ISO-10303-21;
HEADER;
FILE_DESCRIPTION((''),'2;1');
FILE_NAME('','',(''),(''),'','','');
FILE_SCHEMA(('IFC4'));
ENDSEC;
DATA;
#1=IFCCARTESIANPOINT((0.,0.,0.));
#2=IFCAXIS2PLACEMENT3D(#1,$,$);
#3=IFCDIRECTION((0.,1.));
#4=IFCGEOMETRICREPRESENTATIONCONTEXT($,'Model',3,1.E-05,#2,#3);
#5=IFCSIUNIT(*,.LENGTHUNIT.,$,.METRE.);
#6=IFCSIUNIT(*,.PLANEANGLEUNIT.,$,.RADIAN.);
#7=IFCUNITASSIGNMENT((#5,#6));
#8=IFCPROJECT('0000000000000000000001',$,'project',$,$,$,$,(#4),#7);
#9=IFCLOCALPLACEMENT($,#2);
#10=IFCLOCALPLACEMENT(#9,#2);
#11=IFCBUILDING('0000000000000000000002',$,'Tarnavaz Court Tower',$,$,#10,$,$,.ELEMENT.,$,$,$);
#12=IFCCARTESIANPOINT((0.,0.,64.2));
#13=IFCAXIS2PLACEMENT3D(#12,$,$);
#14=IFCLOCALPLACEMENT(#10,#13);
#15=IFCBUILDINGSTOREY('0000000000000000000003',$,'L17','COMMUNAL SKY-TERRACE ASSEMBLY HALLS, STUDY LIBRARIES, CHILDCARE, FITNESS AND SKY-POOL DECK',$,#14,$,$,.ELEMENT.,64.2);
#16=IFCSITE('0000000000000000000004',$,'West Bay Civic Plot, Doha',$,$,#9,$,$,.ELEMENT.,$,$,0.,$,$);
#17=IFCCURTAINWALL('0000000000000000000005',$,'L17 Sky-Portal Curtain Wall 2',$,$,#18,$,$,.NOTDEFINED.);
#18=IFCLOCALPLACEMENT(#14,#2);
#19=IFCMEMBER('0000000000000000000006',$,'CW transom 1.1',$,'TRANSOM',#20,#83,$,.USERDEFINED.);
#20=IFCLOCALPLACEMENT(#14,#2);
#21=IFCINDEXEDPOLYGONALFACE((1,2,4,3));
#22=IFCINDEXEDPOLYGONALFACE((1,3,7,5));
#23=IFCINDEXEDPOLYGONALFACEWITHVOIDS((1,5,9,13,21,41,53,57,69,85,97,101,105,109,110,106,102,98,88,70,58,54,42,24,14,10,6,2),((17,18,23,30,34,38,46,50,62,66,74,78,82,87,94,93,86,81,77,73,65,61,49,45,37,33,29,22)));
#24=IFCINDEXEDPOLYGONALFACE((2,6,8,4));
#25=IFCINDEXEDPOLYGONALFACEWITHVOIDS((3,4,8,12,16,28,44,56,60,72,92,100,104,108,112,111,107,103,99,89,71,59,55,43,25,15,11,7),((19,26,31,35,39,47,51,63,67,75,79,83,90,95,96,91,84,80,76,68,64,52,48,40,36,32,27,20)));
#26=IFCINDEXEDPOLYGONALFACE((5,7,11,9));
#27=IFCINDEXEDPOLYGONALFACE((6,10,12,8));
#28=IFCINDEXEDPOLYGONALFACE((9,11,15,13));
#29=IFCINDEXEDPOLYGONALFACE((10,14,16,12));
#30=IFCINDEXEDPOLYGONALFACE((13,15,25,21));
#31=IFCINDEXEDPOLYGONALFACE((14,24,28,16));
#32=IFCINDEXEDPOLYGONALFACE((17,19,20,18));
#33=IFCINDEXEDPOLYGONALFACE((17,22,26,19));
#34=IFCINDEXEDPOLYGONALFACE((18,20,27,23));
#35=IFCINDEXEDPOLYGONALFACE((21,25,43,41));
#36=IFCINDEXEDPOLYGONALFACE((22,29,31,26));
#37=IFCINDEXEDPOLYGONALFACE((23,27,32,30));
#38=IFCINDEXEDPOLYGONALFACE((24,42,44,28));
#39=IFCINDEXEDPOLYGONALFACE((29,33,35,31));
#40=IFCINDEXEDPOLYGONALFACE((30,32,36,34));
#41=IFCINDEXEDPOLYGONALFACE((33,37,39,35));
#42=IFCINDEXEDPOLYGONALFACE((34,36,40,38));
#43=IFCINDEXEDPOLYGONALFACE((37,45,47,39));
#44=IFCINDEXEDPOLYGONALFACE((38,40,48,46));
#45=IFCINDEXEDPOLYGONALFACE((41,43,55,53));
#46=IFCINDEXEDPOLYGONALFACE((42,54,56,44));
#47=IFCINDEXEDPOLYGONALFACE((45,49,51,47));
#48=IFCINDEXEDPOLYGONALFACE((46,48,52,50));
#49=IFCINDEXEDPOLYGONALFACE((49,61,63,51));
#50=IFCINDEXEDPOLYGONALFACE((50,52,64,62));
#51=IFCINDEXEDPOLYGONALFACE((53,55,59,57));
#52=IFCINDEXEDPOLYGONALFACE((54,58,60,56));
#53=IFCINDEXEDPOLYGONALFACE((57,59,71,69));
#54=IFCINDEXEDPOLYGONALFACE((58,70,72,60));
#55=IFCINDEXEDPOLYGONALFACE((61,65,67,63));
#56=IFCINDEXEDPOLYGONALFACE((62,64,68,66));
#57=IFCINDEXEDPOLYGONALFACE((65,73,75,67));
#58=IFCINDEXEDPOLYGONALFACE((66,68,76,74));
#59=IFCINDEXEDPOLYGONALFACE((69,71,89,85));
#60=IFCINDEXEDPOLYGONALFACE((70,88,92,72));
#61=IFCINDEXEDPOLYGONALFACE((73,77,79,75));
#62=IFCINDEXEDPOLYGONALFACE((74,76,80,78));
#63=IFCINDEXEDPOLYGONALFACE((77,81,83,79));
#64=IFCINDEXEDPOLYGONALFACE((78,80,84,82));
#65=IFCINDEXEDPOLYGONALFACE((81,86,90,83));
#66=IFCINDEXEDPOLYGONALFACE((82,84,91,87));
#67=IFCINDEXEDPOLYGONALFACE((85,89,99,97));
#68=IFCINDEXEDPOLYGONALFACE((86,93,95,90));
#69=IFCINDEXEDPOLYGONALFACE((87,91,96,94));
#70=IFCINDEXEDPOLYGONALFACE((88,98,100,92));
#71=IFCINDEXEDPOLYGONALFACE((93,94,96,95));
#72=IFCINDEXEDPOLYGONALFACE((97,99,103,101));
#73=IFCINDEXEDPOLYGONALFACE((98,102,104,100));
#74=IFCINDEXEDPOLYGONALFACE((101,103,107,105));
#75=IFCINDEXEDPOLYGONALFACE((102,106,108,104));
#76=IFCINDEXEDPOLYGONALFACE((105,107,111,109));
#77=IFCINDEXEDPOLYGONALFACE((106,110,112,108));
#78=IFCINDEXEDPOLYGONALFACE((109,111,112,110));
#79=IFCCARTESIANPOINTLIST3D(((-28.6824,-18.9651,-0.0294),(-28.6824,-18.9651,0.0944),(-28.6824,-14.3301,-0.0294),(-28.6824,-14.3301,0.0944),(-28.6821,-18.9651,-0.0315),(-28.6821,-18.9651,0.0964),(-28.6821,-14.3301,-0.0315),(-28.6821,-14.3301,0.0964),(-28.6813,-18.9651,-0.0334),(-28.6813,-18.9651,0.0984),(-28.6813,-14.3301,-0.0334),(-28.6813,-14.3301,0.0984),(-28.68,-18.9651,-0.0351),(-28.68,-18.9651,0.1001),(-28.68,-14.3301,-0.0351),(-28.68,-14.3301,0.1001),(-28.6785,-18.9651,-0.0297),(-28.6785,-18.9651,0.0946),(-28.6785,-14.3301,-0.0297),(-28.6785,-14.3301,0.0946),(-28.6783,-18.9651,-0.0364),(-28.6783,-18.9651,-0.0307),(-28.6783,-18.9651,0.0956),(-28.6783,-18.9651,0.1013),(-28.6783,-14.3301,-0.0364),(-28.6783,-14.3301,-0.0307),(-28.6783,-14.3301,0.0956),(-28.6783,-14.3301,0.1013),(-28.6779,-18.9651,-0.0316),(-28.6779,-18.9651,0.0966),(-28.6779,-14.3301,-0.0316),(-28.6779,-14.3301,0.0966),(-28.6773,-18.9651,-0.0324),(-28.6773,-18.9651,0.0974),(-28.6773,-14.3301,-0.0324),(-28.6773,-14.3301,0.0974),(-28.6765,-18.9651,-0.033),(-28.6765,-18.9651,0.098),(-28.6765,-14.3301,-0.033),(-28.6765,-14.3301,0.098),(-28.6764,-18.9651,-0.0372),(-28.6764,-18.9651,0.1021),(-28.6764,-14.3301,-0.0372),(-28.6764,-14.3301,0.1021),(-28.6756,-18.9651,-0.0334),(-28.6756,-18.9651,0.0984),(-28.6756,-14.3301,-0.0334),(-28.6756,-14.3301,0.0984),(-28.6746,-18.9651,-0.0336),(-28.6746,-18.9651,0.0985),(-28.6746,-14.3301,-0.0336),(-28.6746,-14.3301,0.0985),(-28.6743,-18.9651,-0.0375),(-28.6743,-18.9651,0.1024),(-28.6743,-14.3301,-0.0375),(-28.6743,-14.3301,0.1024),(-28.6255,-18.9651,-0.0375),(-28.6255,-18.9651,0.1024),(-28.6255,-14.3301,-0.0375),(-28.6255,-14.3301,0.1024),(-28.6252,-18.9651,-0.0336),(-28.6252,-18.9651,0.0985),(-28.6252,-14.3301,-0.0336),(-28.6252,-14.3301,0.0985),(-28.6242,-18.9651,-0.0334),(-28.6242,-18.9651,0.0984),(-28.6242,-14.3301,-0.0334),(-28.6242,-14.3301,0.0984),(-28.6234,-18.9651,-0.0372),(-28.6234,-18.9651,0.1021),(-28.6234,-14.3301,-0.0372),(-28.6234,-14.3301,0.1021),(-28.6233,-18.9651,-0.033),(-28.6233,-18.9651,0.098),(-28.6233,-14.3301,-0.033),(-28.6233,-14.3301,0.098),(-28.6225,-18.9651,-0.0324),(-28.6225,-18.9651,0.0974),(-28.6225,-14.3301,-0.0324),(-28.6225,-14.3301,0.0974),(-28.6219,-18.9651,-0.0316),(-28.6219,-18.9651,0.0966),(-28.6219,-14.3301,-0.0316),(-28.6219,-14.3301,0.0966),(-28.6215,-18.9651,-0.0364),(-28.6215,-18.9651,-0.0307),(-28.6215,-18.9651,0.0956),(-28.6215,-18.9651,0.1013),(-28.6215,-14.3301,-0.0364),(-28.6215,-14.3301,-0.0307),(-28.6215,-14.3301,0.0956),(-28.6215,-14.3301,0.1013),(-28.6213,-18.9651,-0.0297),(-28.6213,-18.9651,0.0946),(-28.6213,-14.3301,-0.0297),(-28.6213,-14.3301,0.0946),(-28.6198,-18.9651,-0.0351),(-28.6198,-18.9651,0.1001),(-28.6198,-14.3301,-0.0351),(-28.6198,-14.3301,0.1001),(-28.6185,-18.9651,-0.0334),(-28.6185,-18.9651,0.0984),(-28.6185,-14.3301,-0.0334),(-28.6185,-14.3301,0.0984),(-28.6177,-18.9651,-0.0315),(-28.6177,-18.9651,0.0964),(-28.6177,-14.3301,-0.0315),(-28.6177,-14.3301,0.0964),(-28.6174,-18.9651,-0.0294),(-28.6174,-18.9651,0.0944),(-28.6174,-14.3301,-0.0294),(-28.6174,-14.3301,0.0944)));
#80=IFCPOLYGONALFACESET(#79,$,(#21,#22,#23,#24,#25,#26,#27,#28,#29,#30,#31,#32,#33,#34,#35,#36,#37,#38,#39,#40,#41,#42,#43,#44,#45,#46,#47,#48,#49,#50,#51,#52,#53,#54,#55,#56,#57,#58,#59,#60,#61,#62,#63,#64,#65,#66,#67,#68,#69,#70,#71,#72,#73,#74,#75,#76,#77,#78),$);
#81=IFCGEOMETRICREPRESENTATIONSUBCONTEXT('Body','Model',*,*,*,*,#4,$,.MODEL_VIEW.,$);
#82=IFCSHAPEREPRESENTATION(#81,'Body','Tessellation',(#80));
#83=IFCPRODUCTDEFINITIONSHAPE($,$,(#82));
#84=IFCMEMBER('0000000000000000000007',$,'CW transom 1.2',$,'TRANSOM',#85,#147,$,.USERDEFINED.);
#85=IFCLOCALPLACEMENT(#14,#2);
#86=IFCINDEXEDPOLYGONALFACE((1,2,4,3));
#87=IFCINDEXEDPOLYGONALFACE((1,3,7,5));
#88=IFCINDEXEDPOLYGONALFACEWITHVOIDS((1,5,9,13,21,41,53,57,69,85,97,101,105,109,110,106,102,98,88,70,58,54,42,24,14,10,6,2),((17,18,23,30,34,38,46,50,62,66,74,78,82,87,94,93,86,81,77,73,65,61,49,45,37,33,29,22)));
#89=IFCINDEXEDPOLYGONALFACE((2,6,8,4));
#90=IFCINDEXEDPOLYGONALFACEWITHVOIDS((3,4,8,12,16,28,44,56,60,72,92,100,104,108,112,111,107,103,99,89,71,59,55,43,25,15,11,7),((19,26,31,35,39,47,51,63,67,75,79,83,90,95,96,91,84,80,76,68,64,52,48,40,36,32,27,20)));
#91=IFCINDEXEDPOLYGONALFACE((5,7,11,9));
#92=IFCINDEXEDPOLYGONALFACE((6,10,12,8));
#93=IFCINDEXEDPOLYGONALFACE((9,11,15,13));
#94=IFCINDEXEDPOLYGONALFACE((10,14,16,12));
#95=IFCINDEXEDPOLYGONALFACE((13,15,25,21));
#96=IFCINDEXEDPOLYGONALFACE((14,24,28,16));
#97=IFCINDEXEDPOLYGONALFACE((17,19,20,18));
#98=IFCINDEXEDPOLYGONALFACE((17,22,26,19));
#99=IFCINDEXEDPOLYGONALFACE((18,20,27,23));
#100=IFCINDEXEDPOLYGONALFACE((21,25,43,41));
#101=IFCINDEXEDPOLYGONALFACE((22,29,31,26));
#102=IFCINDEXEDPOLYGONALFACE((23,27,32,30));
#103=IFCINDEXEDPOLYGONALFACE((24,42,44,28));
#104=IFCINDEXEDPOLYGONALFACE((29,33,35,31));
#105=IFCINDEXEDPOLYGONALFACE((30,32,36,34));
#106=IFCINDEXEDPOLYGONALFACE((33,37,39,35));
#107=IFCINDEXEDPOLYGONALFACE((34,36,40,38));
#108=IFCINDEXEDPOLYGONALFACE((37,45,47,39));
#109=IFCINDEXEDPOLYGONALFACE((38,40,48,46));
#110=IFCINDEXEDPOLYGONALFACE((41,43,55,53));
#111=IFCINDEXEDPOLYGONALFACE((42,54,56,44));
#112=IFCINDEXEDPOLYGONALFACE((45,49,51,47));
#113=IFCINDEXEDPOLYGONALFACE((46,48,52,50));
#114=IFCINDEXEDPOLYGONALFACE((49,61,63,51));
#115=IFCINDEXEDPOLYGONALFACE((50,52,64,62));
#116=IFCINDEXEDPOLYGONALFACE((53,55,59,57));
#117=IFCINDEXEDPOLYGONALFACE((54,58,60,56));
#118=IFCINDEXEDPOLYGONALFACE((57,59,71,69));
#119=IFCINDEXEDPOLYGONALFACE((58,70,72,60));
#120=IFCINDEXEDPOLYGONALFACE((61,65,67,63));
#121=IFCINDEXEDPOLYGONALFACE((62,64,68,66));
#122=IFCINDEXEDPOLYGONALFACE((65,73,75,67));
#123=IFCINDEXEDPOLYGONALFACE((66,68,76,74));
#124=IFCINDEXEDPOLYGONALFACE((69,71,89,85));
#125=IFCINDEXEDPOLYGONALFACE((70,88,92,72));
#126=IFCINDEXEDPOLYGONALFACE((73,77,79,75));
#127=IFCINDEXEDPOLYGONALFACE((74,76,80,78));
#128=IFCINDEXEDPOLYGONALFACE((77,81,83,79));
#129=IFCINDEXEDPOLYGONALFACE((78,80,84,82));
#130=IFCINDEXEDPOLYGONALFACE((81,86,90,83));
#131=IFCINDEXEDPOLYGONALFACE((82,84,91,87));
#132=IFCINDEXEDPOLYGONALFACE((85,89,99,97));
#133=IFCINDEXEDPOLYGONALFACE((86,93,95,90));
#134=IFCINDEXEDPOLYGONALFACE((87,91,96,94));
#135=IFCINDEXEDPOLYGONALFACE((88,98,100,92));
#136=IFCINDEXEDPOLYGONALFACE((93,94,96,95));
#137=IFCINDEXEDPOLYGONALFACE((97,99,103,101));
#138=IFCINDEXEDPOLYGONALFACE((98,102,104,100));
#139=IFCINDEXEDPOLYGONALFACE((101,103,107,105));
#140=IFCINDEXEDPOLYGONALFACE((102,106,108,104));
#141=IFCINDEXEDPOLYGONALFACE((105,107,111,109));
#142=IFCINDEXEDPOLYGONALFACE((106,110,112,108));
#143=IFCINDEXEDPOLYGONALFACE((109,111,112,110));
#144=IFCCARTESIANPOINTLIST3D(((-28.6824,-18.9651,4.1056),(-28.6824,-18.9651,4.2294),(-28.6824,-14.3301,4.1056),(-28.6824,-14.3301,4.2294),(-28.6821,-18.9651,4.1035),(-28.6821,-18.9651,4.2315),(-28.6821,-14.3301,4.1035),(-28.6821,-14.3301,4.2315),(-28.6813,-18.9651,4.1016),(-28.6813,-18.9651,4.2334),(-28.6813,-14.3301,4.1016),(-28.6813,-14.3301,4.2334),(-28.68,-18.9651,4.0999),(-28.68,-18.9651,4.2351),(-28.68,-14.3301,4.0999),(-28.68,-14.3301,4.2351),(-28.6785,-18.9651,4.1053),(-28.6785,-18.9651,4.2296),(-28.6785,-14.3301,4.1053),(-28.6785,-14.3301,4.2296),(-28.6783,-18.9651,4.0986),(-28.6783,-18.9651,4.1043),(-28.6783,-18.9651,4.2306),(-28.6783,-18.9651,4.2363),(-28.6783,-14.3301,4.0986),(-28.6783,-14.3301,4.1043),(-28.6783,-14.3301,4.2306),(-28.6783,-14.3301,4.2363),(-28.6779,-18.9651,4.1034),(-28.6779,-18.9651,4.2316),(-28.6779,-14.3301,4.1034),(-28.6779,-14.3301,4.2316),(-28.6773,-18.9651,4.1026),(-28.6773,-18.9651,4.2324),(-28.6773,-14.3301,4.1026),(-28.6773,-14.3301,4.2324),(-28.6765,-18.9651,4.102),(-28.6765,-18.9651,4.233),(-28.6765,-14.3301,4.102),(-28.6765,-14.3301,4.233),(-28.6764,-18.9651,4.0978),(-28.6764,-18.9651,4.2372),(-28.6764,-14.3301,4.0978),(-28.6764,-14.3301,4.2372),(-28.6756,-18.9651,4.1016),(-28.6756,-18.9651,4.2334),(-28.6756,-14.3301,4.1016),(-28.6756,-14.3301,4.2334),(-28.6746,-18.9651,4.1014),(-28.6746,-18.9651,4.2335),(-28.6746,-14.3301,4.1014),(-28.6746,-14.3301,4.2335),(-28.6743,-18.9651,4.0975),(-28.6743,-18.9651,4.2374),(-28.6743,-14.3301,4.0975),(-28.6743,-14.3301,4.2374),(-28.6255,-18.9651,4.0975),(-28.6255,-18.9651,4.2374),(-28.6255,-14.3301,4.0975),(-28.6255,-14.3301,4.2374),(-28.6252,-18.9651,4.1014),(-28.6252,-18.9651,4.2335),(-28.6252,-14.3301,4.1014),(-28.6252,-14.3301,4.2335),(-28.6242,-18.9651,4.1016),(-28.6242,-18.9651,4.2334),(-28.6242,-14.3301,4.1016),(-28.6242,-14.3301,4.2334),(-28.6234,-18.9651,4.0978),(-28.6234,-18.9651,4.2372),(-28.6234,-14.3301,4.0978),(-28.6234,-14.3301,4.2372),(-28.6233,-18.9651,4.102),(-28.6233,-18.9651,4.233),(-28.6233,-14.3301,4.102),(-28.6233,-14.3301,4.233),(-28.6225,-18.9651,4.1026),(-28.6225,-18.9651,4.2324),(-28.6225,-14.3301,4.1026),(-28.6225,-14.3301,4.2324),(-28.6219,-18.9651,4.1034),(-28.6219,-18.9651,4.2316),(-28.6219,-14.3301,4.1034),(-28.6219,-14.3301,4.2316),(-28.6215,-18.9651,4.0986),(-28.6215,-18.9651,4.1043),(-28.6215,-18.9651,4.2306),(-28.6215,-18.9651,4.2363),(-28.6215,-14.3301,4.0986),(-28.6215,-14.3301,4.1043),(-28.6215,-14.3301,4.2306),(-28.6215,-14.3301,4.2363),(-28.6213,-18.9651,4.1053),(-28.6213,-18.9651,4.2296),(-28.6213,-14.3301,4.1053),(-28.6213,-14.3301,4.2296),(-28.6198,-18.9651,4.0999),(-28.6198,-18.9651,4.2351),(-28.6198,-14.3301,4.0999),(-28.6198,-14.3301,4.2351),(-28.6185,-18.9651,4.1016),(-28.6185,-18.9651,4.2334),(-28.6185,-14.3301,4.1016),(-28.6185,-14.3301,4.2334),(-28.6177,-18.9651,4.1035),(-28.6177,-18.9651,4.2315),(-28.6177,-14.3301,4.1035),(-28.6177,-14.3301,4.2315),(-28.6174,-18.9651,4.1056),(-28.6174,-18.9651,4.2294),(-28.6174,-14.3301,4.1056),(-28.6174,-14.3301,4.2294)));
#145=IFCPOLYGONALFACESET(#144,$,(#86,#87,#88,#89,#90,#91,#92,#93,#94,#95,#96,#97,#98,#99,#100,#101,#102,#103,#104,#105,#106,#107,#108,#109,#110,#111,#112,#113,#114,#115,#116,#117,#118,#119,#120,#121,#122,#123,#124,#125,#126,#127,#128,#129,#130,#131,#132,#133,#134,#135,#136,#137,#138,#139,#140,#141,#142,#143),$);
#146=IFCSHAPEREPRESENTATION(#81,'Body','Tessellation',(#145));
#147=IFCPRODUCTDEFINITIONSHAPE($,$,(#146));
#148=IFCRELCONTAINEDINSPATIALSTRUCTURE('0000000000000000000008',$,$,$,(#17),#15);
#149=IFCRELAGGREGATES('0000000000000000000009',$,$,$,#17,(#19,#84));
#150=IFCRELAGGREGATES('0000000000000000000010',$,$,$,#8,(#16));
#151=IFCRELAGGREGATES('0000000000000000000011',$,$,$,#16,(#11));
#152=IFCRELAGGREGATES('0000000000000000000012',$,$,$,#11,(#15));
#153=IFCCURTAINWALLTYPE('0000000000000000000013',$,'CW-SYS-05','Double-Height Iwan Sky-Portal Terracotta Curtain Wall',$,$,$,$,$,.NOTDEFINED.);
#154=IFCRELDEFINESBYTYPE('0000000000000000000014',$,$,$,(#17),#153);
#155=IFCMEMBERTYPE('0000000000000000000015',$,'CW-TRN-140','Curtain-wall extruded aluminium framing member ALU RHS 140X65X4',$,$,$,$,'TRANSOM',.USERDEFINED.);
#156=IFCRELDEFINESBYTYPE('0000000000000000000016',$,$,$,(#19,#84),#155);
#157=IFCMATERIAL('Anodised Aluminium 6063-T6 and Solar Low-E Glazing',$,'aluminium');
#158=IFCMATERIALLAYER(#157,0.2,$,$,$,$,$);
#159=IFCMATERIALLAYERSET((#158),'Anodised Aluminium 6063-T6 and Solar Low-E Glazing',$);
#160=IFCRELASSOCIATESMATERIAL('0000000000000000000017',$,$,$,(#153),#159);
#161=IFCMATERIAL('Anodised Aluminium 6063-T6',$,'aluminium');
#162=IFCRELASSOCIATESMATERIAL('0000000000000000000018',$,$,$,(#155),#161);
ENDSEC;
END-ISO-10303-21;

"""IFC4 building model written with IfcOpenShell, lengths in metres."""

from ifc_helpers import new_model, si_unit, direction, frame, origin, origin_2d, place, context, subcontext, project, spatial, hollow_rectangle, extrude, material, layer, layer_set, material_profile, profile_set, type_object, element, aggregate, save


model = new_model("IFC4")

# Units and contexts
model_context = context("Model", 3, precision=1e-05, world=origin(), true_north=direction((0.0, 1.0)))
body_context = subcontext(model_context, "Body", "Model", "MODEL_VIEW")
ifc_project = project(units=[si_unit("LENGTHUNIT", "METRE"), si_unit("PLANEANGLEUNIT", "RADIAN")], contexts=[model_context])

# Site, building, storey
site_placement = place(None, origin())
site = spatial("IfcSite", under=ifc_project, at=site_placement, Name="West Bay Civic Plot, Doha", CompositionType="ELEMENT", RefElevation=0.0)
building_placement = place(site_placement, origin())
building = spatial("IfcBuilding", under=site, at=building_placement, Name="Tarnavaz Court Tower", CompositionType="ELEMENT")
storey_placement = place(building_placement, frame((0.0, 0.0, 64.2)))
storey = spatial("IfcBuildingStorey", under=building, at=storey_placement, Name="L17", Description="COMMUNAL SKY-TERRACE ASSEMBLY HALLS, STUDY LIBRARIES, CHILDCARE, FITNESS AND SKY-POOL DECK", CompositionType="ELEMENT", Elevation=64.2)

# Curtain wall, members
ifc_material_1 = material(Name="Anodised Aluminium 6063-T6 and Solar Low-E Glazing", Category="aluminium")
ifc_layer_1 = layer(ifc_material_1, 0.2)
ifc_layer_set_1 = layer_set([ifc_layer_1], Name="Anodised Aluminium 6063-T6 and Solar Low-E Glazing")
curtain_wall_type = type_object("IfcCurtainWallType", Name="CW-SYS-05", Description="Double-Height Iwan Sky-Portal Terracotta Curtain Wall", PredefinedType="NOTDEFINED", material=ifc_layer_set_1)
curtain_wall_placement = place(storey_placement, origin())
curtain_wall = element("IfcCurtainWall", 1, at=curtain_wall_placement, inside=storey, type_object=curtain_wall_type, Name="L17 Sky-Portal Curtain Wall 2", PredefinedType="NOTDEFINED")
ifc_material_2 = material(Name="Anodised Aluminium 6063-T6", Category="aluminium")
ifc_material_profile_1 = material_profile(ifc_material_2, hollow_rectangle(XDim=0.0649, YDim=0.1399, WallThickness=0.0039, InnerFilletRadius=0.0039, OuterFilletRadius=0.0081, at=origin_2d()), Name="ALU RHS 140X65X4")
ifc_profile_set_1 = profile_set([ifc_material_profile_1], Name="Anodised Aluminium 6063-T6")
member_type_1 = type_object("IfcMemberType", Name="CW-TRN-140", Description="Curtain-wall extruded aluminium framing member ALU RHS 140X65X4", ElementType="TRANSOM", PredefinedType="USERDEFINED", material=ifc_profile_set_1)
member_1_placement = place(storey_placement, frame((-28.6499, -18.9651, 0.0325), z_axis=(0.0, 1.0, 0.0), x_axis=(-1.0, 0.0, 0.0)))
member_1 = element("IfcMember", 2, at=member_1_placement, type_object=member_type_1, Name="CW transom 1.1", ObjectType="TRANSOM", PredefinedType="USERDEFINED", context=body_context, shape_type="SweptSolid", body=[
    extrude(hollow_rectangle(XDim=0.0649, YDim=0.1399, WallThickness=0.0039, InnerFilletRadius=0.0039, OuterFilletRadius=0.0081, at=origin_2d()), origin(), (0.0, 0.0, 1.0), 4.635),
])
member_2_placement = place(storey_placement, frame((-28.6499, -18.9651, 4.1675), z_axis=(0.0, 1.0, 0.0), x_axis=(-1.0, 0.0, 0.0)))
member_2 = element("IfcMember", 3, at=member_2_placement, type_object=member_type_1, Name="CW transom 1.2", ObjectType="TRANSOM", PredefinedType="USERDEFINED", context=body_context, shape_type="SweptSolid", body=[
    extrude(hollow_rectangle(XDim=0.0649, YDim=0.1399, WallThickness=0.0039, InnerFilletRadius=0.0039, OuterFilletRadius=0.0081, at=origin_2d()), origin(), (0.0, 0.0, 1.0), 4.635),
])
aggregate(curtain_wall, [member_1, member_2])

save(model, "model.ifc")
